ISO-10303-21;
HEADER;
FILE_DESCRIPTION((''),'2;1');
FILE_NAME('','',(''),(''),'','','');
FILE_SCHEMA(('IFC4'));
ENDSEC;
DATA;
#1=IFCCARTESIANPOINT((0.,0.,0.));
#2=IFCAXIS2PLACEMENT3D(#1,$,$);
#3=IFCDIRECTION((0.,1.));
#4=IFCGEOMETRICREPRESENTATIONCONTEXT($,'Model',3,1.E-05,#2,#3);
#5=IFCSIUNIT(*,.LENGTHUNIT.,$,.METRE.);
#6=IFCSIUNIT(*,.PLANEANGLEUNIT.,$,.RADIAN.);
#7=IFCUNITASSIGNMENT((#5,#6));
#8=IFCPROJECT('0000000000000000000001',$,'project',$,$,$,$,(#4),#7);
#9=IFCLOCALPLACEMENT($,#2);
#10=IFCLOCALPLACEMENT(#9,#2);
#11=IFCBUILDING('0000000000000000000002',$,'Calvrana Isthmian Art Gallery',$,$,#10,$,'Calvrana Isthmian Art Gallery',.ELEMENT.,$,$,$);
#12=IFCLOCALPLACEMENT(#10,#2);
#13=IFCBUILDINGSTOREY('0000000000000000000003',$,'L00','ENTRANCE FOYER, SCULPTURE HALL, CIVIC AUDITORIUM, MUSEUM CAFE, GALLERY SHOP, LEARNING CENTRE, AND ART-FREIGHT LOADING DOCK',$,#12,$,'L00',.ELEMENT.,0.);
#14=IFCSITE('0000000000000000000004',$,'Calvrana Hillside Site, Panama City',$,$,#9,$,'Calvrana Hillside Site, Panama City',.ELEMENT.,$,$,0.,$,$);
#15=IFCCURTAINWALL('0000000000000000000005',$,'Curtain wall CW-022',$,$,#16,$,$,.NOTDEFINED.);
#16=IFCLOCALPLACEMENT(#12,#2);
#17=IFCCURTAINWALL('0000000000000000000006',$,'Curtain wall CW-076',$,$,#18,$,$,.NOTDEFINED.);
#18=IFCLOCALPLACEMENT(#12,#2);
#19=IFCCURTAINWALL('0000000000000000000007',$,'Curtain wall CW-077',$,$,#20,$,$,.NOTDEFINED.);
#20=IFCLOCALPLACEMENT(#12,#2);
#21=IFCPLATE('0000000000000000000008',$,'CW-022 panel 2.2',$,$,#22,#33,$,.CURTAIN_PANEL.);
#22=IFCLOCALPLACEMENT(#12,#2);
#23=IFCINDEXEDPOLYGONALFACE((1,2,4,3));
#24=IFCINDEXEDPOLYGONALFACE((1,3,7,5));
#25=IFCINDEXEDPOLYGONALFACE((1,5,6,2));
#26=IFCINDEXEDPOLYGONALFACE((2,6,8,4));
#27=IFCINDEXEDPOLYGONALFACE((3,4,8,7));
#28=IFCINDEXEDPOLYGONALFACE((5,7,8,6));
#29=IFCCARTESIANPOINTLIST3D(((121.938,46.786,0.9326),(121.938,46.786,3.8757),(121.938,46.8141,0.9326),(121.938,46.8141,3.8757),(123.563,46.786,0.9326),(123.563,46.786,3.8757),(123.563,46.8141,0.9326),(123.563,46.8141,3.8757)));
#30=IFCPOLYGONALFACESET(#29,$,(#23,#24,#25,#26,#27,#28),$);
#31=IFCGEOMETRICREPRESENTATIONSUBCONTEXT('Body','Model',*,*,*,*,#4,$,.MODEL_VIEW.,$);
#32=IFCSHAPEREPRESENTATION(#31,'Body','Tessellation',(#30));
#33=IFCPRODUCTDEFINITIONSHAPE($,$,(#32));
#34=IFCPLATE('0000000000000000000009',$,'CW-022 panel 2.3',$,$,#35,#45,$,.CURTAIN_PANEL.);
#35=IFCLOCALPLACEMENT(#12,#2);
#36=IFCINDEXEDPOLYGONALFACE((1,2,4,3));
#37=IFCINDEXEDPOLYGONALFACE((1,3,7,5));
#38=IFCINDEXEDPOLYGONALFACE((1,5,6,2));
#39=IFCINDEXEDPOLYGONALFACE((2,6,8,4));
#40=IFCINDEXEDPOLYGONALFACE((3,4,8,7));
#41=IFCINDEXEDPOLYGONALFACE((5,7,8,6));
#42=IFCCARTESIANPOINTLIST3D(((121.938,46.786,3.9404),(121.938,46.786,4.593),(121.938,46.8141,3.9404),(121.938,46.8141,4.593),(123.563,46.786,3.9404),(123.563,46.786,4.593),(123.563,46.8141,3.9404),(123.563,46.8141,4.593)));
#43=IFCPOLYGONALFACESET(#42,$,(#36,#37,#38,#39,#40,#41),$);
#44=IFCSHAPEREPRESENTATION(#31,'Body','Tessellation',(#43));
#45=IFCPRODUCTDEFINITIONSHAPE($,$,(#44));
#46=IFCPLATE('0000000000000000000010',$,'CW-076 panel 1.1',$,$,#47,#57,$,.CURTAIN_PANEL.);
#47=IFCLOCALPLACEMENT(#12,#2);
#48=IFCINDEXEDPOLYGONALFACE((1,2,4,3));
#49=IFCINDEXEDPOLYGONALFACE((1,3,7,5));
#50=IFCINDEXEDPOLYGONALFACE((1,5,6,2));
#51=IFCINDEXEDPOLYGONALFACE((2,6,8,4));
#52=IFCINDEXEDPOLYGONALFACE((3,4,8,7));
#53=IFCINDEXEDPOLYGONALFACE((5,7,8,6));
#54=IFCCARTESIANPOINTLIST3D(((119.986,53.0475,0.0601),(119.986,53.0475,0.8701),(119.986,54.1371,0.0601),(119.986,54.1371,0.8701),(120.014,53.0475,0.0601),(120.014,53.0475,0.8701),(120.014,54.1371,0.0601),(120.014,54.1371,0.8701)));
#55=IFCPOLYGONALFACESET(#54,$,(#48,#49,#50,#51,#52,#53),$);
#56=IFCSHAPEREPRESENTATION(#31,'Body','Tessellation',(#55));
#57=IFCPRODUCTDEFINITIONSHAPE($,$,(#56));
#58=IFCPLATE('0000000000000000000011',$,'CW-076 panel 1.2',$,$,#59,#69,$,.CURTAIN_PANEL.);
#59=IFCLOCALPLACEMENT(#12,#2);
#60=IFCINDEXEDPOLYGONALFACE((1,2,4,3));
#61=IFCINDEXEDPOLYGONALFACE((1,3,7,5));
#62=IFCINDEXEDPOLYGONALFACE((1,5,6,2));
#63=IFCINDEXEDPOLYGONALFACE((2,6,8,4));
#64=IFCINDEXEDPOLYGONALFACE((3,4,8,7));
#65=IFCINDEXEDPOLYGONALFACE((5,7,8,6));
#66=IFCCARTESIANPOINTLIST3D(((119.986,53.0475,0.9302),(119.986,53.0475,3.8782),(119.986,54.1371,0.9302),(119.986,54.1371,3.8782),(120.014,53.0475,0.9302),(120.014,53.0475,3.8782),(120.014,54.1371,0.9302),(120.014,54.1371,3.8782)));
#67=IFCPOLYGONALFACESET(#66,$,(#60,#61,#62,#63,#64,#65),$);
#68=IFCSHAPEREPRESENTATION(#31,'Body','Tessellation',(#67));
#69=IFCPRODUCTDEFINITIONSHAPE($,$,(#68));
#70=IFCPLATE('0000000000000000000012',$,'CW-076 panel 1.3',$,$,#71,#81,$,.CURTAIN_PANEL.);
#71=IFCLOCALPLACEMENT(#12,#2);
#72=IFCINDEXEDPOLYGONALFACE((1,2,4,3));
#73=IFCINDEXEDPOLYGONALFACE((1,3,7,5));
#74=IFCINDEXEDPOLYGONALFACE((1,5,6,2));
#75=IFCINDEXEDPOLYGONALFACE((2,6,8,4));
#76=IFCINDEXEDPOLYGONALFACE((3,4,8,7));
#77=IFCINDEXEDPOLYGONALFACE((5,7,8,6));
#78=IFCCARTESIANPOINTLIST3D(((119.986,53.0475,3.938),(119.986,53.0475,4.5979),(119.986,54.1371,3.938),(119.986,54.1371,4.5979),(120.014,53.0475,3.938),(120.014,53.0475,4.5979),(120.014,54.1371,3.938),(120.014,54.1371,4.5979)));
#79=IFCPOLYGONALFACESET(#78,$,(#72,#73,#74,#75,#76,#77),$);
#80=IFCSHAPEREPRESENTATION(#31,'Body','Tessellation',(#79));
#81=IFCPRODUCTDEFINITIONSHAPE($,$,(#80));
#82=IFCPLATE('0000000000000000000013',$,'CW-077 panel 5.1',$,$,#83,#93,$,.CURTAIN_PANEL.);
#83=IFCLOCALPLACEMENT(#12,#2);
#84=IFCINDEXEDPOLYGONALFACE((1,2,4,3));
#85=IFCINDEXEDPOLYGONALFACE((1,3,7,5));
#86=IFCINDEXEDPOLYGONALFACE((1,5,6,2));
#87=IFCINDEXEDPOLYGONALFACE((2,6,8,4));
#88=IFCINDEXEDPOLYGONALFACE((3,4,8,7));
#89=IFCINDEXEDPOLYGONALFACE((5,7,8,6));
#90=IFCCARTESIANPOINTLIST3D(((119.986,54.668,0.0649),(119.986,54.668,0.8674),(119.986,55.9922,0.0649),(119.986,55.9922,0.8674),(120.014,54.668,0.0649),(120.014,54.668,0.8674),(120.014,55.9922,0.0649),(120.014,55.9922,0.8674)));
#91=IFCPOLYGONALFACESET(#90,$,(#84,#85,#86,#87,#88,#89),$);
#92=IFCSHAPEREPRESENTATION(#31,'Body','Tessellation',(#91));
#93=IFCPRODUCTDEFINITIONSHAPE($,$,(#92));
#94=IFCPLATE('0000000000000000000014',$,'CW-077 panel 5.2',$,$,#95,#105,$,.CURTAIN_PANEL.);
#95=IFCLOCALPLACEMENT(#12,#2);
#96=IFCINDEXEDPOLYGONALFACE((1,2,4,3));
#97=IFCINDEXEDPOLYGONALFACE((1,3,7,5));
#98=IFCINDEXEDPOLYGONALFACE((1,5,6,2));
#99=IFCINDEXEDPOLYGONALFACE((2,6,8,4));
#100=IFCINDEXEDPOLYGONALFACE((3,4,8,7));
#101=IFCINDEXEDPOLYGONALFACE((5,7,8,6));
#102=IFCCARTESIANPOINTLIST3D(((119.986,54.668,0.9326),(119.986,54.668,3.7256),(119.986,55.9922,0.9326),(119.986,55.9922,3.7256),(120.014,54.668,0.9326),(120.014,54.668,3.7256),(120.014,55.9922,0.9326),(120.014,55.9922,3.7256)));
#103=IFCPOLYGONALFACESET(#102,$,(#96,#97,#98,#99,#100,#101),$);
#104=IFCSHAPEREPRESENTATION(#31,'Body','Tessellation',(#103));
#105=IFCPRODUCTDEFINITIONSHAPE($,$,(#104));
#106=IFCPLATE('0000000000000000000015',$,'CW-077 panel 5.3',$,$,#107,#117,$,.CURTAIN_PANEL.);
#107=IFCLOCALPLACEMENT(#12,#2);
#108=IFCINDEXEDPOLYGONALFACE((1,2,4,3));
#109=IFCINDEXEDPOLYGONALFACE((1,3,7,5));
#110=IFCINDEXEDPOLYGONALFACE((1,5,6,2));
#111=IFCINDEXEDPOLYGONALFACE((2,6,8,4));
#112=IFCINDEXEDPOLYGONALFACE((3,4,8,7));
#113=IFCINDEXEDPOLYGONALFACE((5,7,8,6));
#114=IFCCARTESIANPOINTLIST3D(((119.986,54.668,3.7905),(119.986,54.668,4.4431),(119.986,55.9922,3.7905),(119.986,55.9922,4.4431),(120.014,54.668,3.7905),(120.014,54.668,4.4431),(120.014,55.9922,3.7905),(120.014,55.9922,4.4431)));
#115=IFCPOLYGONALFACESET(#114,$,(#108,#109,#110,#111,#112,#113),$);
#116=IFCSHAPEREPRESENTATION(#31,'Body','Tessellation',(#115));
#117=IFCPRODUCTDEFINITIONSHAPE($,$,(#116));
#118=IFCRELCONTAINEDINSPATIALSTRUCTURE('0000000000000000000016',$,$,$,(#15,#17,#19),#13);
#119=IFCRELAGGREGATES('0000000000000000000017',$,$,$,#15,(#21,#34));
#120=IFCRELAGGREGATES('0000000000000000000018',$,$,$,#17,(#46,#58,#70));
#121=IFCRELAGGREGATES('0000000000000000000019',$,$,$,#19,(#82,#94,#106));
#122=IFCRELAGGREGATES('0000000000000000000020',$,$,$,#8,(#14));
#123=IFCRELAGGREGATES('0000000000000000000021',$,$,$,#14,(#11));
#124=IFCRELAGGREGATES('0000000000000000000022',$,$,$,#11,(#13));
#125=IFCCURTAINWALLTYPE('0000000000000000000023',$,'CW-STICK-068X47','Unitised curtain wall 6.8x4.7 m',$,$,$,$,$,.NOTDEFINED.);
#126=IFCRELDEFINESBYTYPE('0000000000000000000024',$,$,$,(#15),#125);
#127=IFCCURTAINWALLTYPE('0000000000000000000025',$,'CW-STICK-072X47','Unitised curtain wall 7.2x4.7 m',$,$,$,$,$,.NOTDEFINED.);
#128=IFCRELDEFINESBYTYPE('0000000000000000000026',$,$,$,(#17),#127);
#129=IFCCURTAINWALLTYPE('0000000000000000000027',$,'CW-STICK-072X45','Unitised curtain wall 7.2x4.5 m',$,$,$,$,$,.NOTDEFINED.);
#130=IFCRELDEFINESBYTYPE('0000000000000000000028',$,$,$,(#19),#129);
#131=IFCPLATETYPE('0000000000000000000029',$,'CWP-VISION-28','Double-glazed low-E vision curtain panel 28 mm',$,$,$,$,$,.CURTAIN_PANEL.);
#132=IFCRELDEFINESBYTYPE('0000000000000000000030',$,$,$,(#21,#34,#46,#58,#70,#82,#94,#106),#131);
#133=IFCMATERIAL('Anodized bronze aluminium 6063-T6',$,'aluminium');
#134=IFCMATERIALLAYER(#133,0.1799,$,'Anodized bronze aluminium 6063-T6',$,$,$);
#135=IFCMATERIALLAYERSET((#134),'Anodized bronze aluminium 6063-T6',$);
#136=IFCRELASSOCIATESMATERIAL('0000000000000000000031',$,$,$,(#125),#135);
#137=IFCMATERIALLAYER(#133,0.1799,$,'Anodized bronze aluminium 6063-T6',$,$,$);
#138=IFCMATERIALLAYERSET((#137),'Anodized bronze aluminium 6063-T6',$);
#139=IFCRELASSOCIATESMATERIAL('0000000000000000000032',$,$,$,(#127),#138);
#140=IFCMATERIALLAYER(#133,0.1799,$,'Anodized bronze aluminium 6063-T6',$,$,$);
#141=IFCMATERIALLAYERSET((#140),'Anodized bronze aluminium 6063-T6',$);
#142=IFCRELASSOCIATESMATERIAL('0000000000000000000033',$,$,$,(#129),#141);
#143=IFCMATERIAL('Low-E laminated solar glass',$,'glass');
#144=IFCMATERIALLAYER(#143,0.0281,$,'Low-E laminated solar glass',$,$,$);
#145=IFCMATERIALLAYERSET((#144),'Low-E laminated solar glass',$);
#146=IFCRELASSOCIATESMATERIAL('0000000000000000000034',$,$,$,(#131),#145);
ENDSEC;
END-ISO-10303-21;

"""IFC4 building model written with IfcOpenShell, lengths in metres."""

from ifc_helpers import new_model, si_unit, direction, frame, origin, origin_2d, place, context, subcontext, project, spatial, rectangle, extrude, material, layer, layer_set, type_object, element, aggregate, save


model = new_model("IFC4")

# Units and contexts
model_context = context("Model", 3, precision=1e-05, world=origin(), true_north=direction((0.0, 1.0)))
body_context = subcontext(model_context, "Body", "Model", "MODEL_VIEW")
ifc_project = project(units=[si_unit("LENGTHUNIT", "METRE"), si_unit("PLANEANGLEUNIT", "RADIAN")], contexts=[model_context])

# Site, building, storey
site_placement = place(None, origin())
site = spatial("IfcSite", under=ifc_project, at=site_placement, Name="Calvrana Hillside Site, Panama City", LongName="Calvrana Hillside Site, Panama City", CompositionType="ELEMENT", RefElevation=0.0)
building_placement = place(site_placement, origin())
building = spatial("IfcBuilding", under=site, at=building_placement, Name="Calvrana Isthmian Art Gallery", LongName="Calvrana Isthmian Art Gallery", CompositionType="ELEMENT")
storey_placement = place(building_placement, origin())
storey = spatial("IfcBuildingStorey", under=building, at=storey_placement, Name="L00", Description="ENTRANCE FOYER, SCULPTURE HALL, CIVIC AUDITORIUM, MUSEUM CAFE, GALLERY SHOP, LEARNING CENTRE, AND ART-FREIGHT LOADING DOCK", LongName="L00", CompositionType="ELEMENT", Elevation=0.0)

# Curtain walls
ifc_material_1 = material(Name="Anodized bronze aluminium 6063-T6", Category="aluminium")
ifc_layer_1 = layer(ifc_material_1, 0.1799, Name="Anodized bronze aluminium 6063-T6")
ifc_layer_set_1 = layer_set([ifc_layer_1], Name="Anodized bronze aluminium 6063-T6")
curtain_wall_type_1 = type_object("IfcCurtainWallType", Name="CW-STICK-068X47", Description="Unitised curtain wall 6.8x4.7 m", PredefinedType="NOTDEFINED", material=ifc_layer_set_1)
curtain_wall_1_placement = place(storey_placement, origin())
curtain_wall_1 = element("IfcCurtainWall", 1, at=curtain_wall_1_placement, inside=storey, type_object=curtain_wall_type_1, Name="Curtain wall CW-022", PredefinedType="NOTDEFINED")
ifc_layer_2 = layer(ifc_material_1, 0.1799, Name="Anodized bronze aluminium 6063-T6")
ifc_layer_set_2 = layer_set([ifc_layer_2], Name="Anodized bronze aluminium 6063-T6")
curtain_wall_type_2 = type_object("IfcCurtainWallType", Name="CW-STICK-072X47", Description="Unitised curtain wall 7.2x4.7 m", PredefinedType="NOTDEFINED", material=ifc_layer_set_2)
curtain_wall_2_placement = place(storey_placement, origin())
curtain_wall_2 = element("IfcCurtainWall", 2, at=curtain_wall_2_placement, inside=storey, type_object=curtain_wall_type_2, Name="Curtain wall CW-076", PredefinedType="NOTDEFINED")

# Curtain wall
ifc_layer_3 = layer(ifc_material_1, 0.1799, Name="Anodized bronze aluminium 6063-T6")
ifc_layer_set_3 = layer_set([ifc_layer_3], Name="Anodized bronze aluminium 6063-T6")
curtain_wall_type_3 = type_object("IfcCurtainWallType", Name="CW-STICK-072X45", Description="Unitised curtain wall 7.2x4.5 m", PredefinedType="NOTDEFINED", material=ifc_layer_set_3)
curtain_wall_3_placement = place(storey_placement, origin())
curtain_wall_3 = element("IfcCurtainWall", 3, at=curtain_wall_3_placement, inside=storey, type_object=curtain_wall_type_3, Name="Curtain wall CW-077", PredefinedType="NOTDEFINED")

# Plates
ifc_material_2 = material(Name="Low-E laminated solar glass", Category="glass")
ifc_layer_4 = layer(ifc_material_2, 0.0281, Name="Low-E laminated solar glass")
ifc_layer_set_4 = layer_set([ifc_layer_4], Name="Low-E laminated solar glass")
plate_type = type_object("IfcPlateType", Name="CWP-VISION-28", Description="Double-glazed low-E vision curtain panel 28 mm", PredefinedType="CURTAIN_PANEL", material=ifc_layer_set_4)
plate_1_placement = place(storey_placement, frame((122.7505, 46.8, 0.9326), z_axis=(0.0, 0.0, 1.0), x_axis=(1.0, 0.0, 0.0)))
plate_1 = element("IfcPlate", 4, at=plate_1_placement, type_object=plate_type, Name="CW-022 panel 2.2", PredefinedType="CURTAIN_PANEL", context=body_context, shape_type="SweptSolid", body=[
    extrude(rectangle(XDim=1.625, YDim=0.0281, at=origin_2d()), origin(), (0.0, 0.0, 1.0), 2.9431),
])
plate_2_placement = place(storey_placement, frame((122.7505, 46.8, 3.9404), z_axis=(0.0, 0.0, 1.0), x_axis=(1.0, 0.0, 0.0)))
plate_2 = element("IfcPlate", 5, at=plate_2_placement, type_object=plate_type, Name="CW-022 panel 2.3", PredefinedType="CURTAIN_PANEL", context=body_context, shape_type="SweptSolid", body=[
    extrude(rectangle(XDim=1.625, YDim=0.0281, at=origin_2d()), origin(), (0.0, 0.0, 1.0), 0.6526),
])
aggregate(curtain_wall_1, [plate_1, plate_2])
plate_3_placement = place(storey_placement, frame((120.0, 53.5923, 0.0601), z_axis=(0.0, 0.0, 1.0), x_axis=(0.0, -1.0, 0.0)))
plate_3 = element("IfcPlate", 6, at=plate_3_placement, type_object=plate_type, Name="CW-076 panel 1.1", PredefinedType="CURTAIN_PANEL", context=body_context, shape_type="SweptSolid", body=[
    extrude(rectangle(XDim=1.0896, YDim=0.0281, at=origin_2d()), origin(), (0.0, 0.0, 1.0), 0.8101),
])
plate_4_placement = place(storey_placement, frame((120.0, 53.5923, 0.9302), z_axis=(0.0, 0.0, 1.0), x_axis=(0.0, -1.0, 0.0)))
plate_4 = element("IfcPlate", 7, at=plate_4_placement, type_object=plate_type, Name="CW-076 panel 1.2", PredefinedType="CURTAIN_PANEL", context=body_context, shape_type="SweptSolid", body=[
    extrude(rectangle(XDim=1.0896, YDim=0.0281, at=origin_2d()), origin(), (0.0, 0.0, 1.0), 2.948),
])
plate_5_placement = place(storey_placement, frame((120.0, 53.5923, 3.938), z_axis=(0.0, 0.0, 1.0), x_axis=(0.0, -1.0, 0.0)))
plate_5 = element("IfcPlate", 8, at=plate_5_placement, type_object=plate_type, Name="CW-076 panel 1.3", PredefinedType="CURTAIN_PANEL", context=body_context, shape_type="SweptSolid", body=[
    extrude(rectangle(XDim=1.0896, YDim=0.0281, at=origin_2d()), origin(), (0.0, 0.0, 1.0), 0.6599),
])
aggregate(curtain_wall_2, [plate_3, plate_4, plate_5])
plate_6_placement = place(storey_placement, frame((120.0, 55.3301, 0.0649), z_axis=(0.0, 0.0, 1.0), x_axis=(0.0, -1.0, 0.0)))
plate_6 = element("IfcPlate", 9, at=plate_6_placement, type_object=plate_type, Name="CW-077 panel 5.1", PredefinedType="CURTAIN_PANEL", context=body_context, shape_type="SweptSolid", body=[
    extrude(rectangle(XDim=1.3242, YDim=0.0281, at=origin_2d()), origin(), (0.0, 0.0, 1.0), 0.8025),
])
plate_7_placement = place(storey_placement, frame((120.0, 55.3301, 0.9326), z_axis=(0.0, 0.0, 1.0), x_axis=(0.0, -1.0, 0.0)))
plate_7 = element("IfcPlate", 10, at=plate_7_placement, type_object=plate_type, Name="CW-077 panel 5.2", PredefinedType="CURTAIN_PANEL", context=body_context, shape_type="SweptSolid", body=[
    extrude(rectangle(XDim=1.3242, YDim=0.0281, at=origin_2d()), origin(), (0.0, 0.0, 1.0), 2.793),
])
plate_8_placement = place(storey_placement, frame((120.0, 55.3301, 3.7905), z_axis=(0.0, 0.0, 1.0), x_axis=(0.0, -1.0, 0.0)))
plate_8 = element("IfcPlate", 11, at=plate_8_placement, type_object=plate_type, Name="CW-077 panel 5.3", PredefinedType="CURTAIN_PANEL", context=body_context, shape_type="SweptSolid", body=[
    extrude(rectangle(XDim=1.3242, YDim=0.0281, at=origin_2d()), origin(), (0.0, 0.0, 1.0), 0.6526),
])
aggregate(curtain_wall_3, [plate_6, plate_7, plate_8])

save(model, "model.ifc")
